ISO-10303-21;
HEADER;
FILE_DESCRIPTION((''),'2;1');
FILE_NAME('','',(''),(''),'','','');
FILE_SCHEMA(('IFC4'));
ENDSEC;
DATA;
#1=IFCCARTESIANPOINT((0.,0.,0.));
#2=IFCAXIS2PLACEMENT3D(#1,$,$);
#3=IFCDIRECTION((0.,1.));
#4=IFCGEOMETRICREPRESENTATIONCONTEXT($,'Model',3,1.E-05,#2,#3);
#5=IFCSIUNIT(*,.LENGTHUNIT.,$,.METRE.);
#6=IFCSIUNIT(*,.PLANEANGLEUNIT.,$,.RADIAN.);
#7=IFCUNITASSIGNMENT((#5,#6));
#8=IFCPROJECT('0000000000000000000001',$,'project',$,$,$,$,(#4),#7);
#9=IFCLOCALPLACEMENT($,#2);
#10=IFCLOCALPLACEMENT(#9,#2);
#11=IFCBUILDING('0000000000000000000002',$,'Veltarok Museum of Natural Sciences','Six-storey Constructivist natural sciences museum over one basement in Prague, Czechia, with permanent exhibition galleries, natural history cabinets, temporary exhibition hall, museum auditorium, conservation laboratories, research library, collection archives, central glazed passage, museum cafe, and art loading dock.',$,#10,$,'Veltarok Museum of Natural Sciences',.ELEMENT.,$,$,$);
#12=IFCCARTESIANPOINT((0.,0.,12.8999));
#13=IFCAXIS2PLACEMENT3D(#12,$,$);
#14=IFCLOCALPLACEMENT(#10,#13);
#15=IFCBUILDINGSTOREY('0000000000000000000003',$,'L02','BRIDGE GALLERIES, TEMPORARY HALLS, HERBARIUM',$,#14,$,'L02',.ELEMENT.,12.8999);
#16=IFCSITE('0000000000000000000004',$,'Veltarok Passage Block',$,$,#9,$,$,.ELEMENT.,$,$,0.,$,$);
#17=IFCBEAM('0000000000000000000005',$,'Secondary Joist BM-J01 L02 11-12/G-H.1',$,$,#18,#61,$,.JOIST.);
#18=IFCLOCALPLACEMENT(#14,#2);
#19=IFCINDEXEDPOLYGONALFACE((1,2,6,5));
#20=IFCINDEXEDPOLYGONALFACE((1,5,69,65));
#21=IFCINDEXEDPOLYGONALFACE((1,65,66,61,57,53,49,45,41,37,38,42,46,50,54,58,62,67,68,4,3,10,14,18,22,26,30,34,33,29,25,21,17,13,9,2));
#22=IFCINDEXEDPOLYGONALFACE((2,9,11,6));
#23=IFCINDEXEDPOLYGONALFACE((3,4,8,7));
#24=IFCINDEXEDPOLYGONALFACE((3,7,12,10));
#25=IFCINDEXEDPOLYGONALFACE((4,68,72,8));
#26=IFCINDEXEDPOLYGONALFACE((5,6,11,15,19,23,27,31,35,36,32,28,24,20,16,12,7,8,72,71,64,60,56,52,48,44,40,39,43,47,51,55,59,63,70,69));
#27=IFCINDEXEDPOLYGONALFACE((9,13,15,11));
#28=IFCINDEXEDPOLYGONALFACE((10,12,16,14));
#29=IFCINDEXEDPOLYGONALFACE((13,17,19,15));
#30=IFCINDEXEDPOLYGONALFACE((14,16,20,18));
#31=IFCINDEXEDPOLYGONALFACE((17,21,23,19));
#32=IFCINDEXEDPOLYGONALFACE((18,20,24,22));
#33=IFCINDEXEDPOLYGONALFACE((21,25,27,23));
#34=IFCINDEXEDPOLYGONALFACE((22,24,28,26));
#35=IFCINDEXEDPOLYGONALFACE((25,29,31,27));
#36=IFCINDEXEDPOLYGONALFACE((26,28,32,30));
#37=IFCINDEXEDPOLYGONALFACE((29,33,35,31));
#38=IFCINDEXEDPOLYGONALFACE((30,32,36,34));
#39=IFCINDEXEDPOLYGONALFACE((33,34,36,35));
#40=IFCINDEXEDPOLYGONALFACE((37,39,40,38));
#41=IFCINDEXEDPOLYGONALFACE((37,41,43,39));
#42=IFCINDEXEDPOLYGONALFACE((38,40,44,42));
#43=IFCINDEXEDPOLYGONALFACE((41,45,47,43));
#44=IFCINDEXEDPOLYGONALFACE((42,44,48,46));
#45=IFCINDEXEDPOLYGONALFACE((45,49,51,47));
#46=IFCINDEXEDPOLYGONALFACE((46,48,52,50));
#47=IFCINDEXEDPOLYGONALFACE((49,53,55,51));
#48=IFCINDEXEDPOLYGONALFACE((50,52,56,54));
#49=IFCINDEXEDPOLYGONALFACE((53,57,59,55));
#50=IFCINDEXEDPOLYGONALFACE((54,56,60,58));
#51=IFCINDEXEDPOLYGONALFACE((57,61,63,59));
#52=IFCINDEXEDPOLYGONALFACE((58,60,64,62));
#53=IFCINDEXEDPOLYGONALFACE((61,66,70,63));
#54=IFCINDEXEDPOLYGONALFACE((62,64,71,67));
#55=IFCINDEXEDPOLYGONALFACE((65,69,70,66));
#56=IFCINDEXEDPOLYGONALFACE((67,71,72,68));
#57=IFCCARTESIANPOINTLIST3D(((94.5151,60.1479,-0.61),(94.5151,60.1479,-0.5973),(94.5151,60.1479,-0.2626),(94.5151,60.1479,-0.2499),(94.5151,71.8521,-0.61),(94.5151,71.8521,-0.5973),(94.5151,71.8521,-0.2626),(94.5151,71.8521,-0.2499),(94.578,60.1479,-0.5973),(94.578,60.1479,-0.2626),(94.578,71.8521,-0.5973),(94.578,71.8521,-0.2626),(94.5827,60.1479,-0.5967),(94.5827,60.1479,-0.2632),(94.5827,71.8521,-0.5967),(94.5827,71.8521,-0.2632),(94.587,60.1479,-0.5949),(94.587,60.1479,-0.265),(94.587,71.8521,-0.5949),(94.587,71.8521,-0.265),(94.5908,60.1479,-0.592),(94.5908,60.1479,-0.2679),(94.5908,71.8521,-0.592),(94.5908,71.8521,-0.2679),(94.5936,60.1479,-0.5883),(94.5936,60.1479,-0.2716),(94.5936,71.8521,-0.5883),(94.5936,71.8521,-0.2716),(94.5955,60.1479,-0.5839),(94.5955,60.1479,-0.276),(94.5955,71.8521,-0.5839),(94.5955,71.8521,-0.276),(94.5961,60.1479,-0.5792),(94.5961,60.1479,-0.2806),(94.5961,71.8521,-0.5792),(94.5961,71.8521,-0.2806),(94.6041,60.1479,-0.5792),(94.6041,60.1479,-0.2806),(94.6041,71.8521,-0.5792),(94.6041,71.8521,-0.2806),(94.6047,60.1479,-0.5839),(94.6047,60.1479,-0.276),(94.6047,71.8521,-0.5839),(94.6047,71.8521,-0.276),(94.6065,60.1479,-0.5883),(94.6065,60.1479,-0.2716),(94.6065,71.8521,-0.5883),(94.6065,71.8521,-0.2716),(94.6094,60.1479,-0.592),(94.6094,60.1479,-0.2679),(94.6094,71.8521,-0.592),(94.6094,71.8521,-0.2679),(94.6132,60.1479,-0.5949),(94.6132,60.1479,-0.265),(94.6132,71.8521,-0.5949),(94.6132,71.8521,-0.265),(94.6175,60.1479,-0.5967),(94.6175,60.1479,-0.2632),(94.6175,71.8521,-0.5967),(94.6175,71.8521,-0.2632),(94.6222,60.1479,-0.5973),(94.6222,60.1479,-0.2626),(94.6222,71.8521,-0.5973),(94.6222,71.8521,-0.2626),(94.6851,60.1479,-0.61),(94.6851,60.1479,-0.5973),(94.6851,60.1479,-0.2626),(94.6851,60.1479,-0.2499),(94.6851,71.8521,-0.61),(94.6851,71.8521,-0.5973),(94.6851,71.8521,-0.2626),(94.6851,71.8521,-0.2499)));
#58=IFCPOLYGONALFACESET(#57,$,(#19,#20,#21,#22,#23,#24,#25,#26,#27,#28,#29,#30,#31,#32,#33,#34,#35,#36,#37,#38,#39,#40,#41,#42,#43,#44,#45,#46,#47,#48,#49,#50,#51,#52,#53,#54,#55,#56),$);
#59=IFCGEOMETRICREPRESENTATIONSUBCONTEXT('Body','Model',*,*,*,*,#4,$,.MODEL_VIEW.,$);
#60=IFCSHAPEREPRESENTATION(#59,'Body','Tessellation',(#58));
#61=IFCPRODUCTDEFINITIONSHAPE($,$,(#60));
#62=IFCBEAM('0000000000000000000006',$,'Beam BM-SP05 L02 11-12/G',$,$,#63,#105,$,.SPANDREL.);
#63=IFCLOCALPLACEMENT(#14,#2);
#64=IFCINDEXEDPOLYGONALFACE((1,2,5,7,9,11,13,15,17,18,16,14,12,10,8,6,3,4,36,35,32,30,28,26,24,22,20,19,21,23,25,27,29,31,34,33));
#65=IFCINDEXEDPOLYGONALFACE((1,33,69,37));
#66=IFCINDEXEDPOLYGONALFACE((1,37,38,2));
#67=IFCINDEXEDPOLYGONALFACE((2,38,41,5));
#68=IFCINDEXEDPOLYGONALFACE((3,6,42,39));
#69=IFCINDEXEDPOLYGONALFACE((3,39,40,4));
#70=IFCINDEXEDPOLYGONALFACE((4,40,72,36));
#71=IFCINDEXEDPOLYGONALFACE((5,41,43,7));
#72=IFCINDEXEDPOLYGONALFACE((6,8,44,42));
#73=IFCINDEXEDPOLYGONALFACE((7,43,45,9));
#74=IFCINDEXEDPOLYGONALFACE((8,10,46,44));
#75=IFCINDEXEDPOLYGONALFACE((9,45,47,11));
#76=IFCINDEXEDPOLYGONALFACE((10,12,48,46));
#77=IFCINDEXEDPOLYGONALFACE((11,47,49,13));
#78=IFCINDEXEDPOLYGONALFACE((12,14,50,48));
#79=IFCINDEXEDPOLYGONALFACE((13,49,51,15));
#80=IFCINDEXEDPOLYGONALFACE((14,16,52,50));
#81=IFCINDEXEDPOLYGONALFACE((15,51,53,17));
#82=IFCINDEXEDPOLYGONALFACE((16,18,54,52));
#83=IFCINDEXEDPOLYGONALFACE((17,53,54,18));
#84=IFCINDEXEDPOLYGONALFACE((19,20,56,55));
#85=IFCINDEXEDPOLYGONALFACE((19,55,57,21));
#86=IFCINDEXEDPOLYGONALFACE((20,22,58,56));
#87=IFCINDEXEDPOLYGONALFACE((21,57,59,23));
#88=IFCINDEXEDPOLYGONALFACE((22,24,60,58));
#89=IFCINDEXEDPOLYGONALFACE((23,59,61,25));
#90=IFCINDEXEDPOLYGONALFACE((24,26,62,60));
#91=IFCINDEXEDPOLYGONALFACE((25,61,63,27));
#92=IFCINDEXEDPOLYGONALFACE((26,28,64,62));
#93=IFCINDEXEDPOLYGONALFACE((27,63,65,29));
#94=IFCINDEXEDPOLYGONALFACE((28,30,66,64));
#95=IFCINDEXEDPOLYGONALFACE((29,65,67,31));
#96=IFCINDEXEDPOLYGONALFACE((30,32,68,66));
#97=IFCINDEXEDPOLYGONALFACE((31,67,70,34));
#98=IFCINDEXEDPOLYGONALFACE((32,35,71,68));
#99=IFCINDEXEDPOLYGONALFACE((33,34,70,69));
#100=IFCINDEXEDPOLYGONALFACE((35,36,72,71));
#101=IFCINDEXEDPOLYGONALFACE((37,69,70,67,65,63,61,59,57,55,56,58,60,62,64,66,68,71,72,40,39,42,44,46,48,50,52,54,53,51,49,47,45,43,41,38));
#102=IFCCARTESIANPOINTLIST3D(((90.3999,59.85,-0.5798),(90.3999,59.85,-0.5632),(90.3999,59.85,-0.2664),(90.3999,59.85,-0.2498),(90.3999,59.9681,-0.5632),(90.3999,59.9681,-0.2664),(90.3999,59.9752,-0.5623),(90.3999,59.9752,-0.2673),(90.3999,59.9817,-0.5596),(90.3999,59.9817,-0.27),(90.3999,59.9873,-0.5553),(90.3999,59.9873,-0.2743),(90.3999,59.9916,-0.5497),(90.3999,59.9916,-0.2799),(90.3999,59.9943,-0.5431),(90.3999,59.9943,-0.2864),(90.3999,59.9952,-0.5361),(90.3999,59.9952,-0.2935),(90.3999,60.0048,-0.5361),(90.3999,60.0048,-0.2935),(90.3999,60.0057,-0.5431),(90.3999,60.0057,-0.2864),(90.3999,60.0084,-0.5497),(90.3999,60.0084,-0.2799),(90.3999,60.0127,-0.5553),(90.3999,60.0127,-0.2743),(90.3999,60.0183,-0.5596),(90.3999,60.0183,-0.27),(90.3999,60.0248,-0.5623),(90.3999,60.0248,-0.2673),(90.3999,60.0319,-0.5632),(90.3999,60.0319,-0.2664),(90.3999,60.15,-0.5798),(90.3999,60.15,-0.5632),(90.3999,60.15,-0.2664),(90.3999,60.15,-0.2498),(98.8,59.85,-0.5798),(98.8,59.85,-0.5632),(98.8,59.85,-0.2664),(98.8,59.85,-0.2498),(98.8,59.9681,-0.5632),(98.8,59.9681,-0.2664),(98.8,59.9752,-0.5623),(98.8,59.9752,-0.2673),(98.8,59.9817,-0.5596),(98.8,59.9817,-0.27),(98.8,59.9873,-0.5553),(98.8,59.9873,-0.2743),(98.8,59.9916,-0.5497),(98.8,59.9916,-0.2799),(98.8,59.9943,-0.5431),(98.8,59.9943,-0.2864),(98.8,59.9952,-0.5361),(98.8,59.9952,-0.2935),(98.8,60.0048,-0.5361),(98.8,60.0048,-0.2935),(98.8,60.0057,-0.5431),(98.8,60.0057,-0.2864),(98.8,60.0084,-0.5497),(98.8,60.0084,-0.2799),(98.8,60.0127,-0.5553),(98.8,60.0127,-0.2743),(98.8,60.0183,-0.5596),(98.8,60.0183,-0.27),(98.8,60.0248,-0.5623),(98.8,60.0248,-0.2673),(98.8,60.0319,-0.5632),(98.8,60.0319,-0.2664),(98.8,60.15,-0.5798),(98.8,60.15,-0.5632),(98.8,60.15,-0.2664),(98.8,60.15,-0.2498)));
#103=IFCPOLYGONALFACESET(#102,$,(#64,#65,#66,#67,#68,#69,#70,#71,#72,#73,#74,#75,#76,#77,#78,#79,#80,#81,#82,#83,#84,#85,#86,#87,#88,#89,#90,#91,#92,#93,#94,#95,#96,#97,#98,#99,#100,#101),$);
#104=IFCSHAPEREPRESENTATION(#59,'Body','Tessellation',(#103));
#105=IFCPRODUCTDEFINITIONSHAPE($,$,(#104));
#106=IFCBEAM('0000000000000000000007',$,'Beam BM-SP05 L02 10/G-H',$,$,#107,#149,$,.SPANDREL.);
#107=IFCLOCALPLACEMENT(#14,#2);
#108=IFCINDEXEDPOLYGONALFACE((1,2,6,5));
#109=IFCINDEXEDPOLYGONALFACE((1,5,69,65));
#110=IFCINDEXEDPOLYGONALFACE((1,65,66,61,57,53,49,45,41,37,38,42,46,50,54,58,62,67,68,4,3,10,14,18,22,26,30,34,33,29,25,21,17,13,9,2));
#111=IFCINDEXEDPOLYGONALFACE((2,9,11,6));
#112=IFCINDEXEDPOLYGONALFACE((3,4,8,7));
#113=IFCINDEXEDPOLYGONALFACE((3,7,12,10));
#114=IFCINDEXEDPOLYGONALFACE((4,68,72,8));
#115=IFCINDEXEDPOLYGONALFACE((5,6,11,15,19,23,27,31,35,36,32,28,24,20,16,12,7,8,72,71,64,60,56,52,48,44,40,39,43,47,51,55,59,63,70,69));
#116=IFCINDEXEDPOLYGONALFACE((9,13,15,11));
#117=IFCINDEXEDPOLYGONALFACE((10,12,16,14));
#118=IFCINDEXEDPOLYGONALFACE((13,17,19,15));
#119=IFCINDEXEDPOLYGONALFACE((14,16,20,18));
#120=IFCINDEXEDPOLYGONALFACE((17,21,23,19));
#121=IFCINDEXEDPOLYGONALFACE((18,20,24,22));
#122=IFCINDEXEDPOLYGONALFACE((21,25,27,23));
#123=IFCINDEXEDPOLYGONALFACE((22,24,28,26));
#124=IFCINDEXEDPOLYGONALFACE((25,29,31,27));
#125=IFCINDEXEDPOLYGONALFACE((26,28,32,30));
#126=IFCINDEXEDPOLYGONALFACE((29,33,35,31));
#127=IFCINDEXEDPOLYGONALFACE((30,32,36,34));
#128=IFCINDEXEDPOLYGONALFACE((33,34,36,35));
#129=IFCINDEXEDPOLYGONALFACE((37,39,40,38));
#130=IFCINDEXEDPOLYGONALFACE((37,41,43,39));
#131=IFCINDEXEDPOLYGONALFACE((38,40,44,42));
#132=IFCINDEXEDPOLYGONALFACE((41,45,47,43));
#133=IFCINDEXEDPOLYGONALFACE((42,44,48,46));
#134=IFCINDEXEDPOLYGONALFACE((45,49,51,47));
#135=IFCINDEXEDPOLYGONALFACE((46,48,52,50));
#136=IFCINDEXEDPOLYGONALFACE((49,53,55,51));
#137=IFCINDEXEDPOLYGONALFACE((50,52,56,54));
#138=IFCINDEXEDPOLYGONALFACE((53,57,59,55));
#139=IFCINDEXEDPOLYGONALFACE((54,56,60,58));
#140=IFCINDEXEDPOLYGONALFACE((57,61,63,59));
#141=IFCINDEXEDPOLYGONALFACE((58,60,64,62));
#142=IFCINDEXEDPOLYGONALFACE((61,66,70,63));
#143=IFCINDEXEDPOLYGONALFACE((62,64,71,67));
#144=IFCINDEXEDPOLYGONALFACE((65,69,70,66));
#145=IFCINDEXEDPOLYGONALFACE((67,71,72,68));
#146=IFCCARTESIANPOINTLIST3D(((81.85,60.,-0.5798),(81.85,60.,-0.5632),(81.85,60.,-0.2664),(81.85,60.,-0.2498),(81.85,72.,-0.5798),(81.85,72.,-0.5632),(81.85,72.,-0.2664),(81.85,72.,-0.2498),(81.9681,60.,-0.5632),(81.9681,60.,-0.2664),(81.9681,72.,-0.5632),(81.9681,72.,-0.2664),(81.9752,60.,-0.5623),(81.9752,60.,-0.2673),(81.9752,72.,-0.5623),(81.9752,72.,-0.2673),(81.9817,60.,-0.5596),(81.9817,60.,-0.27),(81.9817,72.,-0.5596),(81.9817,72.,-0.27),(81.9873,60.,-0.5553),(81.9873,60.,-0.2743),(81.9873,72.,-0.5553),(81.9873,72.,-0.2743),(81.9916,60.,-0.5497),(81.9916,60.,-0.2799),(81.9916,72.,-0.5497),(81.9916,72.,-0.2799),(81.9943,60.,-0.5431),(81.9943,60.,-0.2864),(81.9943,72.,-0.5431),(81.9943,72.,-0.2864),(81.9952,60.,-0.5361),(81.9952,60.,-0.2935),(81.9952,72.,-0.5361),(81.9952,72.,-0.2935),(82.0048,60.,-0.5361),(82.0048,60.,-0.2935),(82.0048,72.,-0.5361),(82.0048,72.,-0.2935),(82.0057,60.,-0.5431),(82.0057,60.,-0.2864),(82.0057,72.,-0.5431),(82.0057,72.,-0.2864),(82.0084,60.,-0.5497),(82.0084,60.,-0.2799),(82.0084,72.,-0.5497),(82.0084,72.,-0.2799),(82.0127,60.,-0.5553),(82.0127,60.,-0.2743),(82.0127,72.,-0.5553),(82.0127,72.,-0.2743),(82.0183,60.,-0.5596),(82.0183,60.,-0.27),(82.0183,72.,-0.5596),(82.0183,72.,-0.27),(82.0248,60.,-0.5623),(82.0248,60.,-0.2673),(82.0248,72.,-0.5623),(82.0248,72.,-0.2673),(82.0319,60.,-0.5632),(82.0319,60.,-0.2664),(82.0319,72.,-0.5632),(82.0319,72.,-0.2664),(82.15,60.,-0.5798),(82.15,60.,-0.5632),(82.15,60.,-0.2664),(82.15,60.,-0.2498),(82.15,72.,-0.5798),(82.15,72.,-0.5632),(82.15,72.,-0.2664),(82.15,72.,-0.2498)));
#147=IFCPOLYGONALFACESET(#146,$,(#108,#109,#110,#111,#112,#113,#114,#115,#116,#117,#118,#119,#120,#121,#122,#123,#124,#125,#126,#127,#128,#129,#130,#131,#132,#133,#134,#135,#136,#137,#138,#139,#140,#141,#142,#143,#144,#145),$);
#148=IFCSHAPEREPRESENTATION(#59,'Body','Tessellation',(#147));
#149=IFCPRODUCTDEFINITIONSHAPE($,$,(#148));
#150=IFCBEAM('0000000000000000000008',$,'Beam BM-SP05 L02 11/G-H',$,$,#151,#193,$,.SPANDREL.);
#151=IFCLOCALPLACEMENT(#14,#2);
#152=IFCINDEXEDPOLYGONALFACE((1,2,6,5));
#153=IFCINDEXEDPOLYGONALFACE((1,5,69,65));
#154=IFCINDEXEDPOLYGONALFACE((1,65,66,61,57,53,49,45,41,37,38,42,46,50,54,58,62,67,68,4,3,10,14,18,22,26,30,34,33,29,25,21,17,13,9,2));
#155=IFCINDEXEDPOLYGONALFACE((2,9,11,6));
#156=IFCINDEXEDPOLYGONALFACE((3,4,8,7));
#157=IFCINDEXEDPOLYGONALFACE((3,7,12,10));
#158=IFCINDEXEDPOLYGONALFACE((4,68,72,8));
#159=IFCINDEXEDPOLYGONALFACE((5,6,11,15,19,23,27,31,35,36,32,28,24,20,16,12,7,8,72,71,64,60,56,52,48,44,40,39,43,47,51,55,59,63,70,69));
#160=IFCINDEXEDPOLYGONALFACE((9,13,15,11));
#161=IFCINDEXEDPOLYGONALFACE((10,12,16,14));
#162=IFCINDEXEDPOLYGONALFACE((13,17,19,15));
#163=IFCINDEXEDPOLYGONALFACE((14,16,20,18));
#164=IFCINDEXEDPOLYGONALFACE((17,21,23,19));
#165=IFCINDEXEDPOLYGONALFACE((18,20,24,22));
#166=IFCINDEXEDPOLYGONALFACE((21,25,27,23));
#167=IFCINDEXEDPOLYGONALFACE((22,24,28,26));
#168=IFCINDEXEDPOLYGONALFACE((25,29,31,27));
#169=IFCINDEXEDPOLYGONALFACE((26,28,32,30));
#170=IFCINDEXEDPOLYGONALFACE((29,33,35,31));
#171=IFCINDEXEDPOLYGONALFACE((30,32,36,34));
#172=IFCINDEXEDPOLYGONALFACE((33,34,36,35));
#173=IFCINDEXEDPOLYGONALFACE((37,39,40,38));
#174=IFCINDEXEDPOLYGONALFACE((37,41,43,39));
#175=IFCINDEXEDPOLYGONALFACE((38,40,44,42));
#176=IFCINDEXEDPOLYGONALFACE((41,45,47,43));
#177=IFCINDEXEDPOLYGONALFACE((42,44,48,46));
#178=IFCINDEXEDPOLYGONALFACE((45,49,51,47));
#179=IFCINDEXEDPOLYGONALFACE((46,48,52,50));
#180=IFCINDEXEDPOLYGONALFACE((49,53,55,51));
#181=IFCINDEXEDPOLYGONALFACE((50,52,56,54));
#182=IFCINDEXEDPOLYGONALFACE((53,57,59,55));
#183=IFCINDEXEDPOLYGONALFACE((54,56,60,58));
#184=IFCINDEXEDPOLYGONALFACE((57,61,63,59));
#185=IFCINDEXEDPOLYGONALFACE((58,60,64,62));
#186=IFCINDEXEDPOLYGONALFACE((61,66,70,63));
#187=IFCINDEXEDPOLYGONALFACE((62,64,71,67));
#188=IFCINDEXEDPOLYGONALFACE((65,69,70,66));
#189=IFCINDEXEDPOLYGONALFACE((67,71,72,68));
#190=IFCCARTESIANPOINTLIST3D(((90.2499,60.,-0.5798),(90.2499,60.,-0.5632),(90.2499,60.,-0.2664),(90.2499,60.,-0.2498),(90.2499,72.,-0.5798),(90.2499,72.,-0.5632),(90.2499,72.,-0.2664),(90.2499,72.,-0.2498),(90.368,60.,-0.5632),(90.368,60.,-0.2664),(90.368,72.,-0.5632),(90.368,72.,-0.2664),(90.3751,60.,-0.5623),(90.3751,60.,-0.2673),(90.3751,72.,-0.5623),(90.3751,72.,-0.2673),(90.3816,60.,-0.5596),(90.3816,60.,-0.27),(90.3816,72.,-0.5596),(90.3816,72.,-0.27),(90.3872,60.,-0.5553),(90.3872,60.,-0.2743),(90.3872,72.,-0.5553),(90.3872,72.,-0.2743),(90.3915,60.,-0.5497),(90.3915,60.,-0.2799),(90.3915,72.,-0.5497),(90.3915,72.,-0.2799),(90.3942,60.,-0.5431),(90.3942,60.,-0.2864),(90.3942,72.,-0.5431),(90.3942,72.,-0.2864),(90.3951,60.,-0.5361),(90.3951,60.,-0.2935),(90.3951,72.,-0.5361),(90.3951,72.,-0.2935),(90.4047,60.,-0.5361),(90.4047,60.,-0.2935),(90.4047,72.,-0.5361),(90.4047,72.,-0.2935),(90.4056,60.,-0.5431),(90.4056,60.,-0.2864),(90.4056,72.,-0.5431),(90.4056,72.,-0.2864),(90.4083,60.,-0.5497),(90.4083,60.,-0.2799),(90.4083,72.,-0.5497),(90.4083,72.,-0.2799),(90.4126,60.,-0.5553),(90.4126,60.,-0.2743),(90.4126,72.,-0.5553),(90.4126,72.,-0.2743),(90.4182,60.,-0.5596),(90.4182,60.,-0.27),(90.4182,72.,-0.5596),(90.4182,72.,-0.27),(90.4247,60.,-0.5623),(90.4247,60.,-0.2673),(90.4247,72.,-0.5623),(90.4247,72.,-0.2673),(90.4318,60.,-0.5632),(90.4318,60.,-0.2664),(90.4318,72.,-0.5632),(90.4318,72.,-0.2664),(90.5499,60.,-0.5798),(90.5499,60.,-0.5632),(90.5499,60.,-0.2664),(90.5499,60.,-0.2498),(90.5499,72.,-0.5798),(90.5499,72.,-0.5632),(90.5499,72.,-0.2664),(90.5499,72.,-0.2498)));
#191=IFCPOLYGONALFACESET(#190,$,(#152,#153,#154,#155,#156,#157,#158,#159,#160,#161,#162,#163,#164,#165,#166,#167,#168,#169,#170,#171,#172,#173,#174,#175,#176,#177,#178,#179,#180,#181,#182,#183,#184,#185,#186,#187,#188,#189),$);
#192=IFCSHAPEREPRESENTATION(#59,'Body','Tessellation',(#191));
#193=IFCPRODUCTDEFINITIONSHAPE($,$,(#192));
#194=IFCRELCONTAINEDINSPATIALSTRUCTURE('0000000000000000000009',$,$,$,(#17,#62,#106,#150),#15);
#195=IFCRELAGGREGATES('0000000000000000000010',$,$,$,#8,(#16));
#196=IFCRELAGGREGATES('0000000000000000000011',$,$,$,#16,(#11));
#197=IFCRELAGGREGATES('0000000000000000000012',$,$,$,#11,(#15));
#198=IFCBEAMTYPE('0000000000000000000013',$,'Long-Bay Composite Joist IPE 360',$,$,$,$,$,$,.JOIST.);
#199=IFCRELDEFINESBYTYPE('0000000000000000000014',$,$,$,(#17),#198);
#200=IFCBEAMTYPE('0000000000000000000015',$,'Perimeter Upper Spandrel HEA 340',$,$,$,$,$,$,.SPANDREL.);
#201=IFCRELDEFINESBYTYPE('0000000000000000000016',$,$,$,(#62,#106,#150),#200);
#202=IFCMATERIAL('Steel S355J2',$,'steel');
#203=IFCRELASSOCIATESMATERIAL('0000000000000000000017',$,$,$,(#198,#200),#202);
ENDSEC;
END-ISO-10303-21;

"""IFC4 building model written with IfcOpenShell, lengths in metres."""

from ifc_helpers import new_model, si_unit, direction, frame, origin, origin_2d, place, context, subcontext, project, spatial, i_section, extrude, material, material_profile, profile_set, type_object, element, save


model = new_model("IFC4")

# Units and contexts
model_context = context("Model", 3, precision=1e-05, world=origin(), true_north=direction((0.0, 1.0)))
body_context = subcontext(model_context, "Body", "Model", "MODEL_VIEW")
ifc_project = project(units=[si_unit("LENGTHUNIT", "METRE"), si_unit("PLANEANGLEUNIT", "RADIAN")], contexts=[model_context])

# Site, building, storey
site_placement = place(None, origin())
site = spatial("IfcSite", under=ifc_project, at=site_placement, Name="Veltarok Passage Block", CompositionType="ELEMENT", RefElevation=0.0)
building_placement = place(site_placement, origin())
building = spatial("IfcBuilding", under=site, at=building_placement, Name="Veltarok Museum of Natural Sciences", Description="Six-storey Constructivist natural sciences museum over one basement in Prague, Czechia, with permanent exhibition galleries, natural history cabinets, temporary exhibition hall, museum auditorium, conservation laboratories, research library, collection archives, central glazed passage, museum cafe, and art loading dock.", LongName="Veltarok Museum of Natural Sciences", CompositionType="ELEMENT")
storey_placement = place(building_placement, frame((0.0, 0.0, 12.8999)))
storey = spatial("IfcBuildingStorey", under=building, at=storey_placement, Name="L02", Description="BRIDGE GALLERIES, TEMPORARY HALLS, HERBARIUM", LongName="L02", CompositionType="ELEMENT", Elevation=12.8999)

# Shared definitions
ifc_material_1 = material(Name="Steel S355J2", Category="steel")

# Beams
ifc_material_profile_1 = material_profile(ifc_material_1, i_section(OverallWidth=0.1699, OverallDepth=0.3601, WebThickness=0.0081, FlangeThickness=0.0127, FilletRadius=0.0181, at=origin_2d()), Name="IPE 360")
ifc_profile_set_1 = profile_set([ifc_material_profile_1], Name="Steel S355J2")
beam_type_1 = type_object("IfcBeamType", Name="Long-Bay Composite Joist IPE 360", PredefinedType="JOIST", material=ifc_profile_set_1)
for number, where, z_axis, x_axis, name in (
    (1, (94.6001, 60.1479, -0.4299), (0.0, 1.0, 0.0), (-1.0, 0.0, 0.0), "Secondary Joist BM-J01 L02 11-12/G-H.1"),
):
    element("IfcBeam", number, at=place(storey_placement, frame(where, z_axis=z_axis, x_axis=x_axis)), inside=storey, type_object=beam_type_1, Name=name, PredefinedType="JOIST", context=body_context, shape_type="SweptSolid", body=[
        extrude(i_section(OverallWidth=0.1699, OverallDepth=0.3601, WebThickness=0.0081, FlangeThickness=0.0127, FilletRadius=0.0181, at=origin_2d()), origin(), (0.0, 0.0, 1.0), 11.7041),
    ])
ifc_material_profile_2 = material_profile(ifc_material_1, i_section(OverallWidth=0.3, OverallDepth=0.3301, WebThickness=0.0095, FlangeThickness=0.0166, FilletRadius=0.0271, at=origin_2d()), Name="HEA 340")
ifc_profile_set_2 = profile_set([ifc_material_profile_2], Name="Steel S355J2")
beam_type_2 = type_object("IfcBeamType", Name="Perimeter Upper Spandrel HEA 340", PredefinedType="SPANDREL", material=ifc_profile_set_2)
beam_1_placement = place(storey_placement, frame((90.3999, 60.0, -0.4148), z_axis=(1.0, 0.0, 0.0), x_axis=(0.0, 1.0, 0.0)))
element("IfcBeam", 2, at=beam_1_placement, inside=storey, type_object=beam_type_2, Name="Beam BM-SP05 L02 11-12/G", PredefinedType="SPANDREL", context=body_context, shape_type="SweptSolid", body=[
    extrude(i_section(OverallWidth=0.3, OverallDepth=0.3301, WebThickness=0.0095, FlangeThickness=0.0166, FilletRadius=0.0271, at=origin_2d()), origin(), (0.0, 0.0, 1.0), 8.4001),
])
for number, where, z_axis, x_axis, name in (
    (3, (82.0, 60.0, -0.4148), (0.0, 1.0, 0.0), (-1.0, 0.0, 0.0), "Beam BM-SP05 L02 10/G-H"),
    (4, (90.3999, 60.0, -0.4148), (0.0, 1.0, 0.0), (-1.0, 0.0, 0.0), "Beam BM-SP05 L02 11/G-H"),
):
    element("IfcBeam", number, at=place(storey_placement, frame(where, z_axis=z_axis, x_axis=x_axis)), inside=storey, type_object=beam_type_2, Name=name, PredefinedType="SPANDREL", context=body_context, shape_type="SweptSolid", body=[
        extrude(i_section(OverallWidth=0.3, OverallDepth=0.3301, WebThickness=0.0095, FlangeThickness=0.0166, FilletRadius=0.0271, at=origin_2d()), origin(), (0.0, 0.0, 1.0), 12.0),
    ])

save(model, "model.ifc")
